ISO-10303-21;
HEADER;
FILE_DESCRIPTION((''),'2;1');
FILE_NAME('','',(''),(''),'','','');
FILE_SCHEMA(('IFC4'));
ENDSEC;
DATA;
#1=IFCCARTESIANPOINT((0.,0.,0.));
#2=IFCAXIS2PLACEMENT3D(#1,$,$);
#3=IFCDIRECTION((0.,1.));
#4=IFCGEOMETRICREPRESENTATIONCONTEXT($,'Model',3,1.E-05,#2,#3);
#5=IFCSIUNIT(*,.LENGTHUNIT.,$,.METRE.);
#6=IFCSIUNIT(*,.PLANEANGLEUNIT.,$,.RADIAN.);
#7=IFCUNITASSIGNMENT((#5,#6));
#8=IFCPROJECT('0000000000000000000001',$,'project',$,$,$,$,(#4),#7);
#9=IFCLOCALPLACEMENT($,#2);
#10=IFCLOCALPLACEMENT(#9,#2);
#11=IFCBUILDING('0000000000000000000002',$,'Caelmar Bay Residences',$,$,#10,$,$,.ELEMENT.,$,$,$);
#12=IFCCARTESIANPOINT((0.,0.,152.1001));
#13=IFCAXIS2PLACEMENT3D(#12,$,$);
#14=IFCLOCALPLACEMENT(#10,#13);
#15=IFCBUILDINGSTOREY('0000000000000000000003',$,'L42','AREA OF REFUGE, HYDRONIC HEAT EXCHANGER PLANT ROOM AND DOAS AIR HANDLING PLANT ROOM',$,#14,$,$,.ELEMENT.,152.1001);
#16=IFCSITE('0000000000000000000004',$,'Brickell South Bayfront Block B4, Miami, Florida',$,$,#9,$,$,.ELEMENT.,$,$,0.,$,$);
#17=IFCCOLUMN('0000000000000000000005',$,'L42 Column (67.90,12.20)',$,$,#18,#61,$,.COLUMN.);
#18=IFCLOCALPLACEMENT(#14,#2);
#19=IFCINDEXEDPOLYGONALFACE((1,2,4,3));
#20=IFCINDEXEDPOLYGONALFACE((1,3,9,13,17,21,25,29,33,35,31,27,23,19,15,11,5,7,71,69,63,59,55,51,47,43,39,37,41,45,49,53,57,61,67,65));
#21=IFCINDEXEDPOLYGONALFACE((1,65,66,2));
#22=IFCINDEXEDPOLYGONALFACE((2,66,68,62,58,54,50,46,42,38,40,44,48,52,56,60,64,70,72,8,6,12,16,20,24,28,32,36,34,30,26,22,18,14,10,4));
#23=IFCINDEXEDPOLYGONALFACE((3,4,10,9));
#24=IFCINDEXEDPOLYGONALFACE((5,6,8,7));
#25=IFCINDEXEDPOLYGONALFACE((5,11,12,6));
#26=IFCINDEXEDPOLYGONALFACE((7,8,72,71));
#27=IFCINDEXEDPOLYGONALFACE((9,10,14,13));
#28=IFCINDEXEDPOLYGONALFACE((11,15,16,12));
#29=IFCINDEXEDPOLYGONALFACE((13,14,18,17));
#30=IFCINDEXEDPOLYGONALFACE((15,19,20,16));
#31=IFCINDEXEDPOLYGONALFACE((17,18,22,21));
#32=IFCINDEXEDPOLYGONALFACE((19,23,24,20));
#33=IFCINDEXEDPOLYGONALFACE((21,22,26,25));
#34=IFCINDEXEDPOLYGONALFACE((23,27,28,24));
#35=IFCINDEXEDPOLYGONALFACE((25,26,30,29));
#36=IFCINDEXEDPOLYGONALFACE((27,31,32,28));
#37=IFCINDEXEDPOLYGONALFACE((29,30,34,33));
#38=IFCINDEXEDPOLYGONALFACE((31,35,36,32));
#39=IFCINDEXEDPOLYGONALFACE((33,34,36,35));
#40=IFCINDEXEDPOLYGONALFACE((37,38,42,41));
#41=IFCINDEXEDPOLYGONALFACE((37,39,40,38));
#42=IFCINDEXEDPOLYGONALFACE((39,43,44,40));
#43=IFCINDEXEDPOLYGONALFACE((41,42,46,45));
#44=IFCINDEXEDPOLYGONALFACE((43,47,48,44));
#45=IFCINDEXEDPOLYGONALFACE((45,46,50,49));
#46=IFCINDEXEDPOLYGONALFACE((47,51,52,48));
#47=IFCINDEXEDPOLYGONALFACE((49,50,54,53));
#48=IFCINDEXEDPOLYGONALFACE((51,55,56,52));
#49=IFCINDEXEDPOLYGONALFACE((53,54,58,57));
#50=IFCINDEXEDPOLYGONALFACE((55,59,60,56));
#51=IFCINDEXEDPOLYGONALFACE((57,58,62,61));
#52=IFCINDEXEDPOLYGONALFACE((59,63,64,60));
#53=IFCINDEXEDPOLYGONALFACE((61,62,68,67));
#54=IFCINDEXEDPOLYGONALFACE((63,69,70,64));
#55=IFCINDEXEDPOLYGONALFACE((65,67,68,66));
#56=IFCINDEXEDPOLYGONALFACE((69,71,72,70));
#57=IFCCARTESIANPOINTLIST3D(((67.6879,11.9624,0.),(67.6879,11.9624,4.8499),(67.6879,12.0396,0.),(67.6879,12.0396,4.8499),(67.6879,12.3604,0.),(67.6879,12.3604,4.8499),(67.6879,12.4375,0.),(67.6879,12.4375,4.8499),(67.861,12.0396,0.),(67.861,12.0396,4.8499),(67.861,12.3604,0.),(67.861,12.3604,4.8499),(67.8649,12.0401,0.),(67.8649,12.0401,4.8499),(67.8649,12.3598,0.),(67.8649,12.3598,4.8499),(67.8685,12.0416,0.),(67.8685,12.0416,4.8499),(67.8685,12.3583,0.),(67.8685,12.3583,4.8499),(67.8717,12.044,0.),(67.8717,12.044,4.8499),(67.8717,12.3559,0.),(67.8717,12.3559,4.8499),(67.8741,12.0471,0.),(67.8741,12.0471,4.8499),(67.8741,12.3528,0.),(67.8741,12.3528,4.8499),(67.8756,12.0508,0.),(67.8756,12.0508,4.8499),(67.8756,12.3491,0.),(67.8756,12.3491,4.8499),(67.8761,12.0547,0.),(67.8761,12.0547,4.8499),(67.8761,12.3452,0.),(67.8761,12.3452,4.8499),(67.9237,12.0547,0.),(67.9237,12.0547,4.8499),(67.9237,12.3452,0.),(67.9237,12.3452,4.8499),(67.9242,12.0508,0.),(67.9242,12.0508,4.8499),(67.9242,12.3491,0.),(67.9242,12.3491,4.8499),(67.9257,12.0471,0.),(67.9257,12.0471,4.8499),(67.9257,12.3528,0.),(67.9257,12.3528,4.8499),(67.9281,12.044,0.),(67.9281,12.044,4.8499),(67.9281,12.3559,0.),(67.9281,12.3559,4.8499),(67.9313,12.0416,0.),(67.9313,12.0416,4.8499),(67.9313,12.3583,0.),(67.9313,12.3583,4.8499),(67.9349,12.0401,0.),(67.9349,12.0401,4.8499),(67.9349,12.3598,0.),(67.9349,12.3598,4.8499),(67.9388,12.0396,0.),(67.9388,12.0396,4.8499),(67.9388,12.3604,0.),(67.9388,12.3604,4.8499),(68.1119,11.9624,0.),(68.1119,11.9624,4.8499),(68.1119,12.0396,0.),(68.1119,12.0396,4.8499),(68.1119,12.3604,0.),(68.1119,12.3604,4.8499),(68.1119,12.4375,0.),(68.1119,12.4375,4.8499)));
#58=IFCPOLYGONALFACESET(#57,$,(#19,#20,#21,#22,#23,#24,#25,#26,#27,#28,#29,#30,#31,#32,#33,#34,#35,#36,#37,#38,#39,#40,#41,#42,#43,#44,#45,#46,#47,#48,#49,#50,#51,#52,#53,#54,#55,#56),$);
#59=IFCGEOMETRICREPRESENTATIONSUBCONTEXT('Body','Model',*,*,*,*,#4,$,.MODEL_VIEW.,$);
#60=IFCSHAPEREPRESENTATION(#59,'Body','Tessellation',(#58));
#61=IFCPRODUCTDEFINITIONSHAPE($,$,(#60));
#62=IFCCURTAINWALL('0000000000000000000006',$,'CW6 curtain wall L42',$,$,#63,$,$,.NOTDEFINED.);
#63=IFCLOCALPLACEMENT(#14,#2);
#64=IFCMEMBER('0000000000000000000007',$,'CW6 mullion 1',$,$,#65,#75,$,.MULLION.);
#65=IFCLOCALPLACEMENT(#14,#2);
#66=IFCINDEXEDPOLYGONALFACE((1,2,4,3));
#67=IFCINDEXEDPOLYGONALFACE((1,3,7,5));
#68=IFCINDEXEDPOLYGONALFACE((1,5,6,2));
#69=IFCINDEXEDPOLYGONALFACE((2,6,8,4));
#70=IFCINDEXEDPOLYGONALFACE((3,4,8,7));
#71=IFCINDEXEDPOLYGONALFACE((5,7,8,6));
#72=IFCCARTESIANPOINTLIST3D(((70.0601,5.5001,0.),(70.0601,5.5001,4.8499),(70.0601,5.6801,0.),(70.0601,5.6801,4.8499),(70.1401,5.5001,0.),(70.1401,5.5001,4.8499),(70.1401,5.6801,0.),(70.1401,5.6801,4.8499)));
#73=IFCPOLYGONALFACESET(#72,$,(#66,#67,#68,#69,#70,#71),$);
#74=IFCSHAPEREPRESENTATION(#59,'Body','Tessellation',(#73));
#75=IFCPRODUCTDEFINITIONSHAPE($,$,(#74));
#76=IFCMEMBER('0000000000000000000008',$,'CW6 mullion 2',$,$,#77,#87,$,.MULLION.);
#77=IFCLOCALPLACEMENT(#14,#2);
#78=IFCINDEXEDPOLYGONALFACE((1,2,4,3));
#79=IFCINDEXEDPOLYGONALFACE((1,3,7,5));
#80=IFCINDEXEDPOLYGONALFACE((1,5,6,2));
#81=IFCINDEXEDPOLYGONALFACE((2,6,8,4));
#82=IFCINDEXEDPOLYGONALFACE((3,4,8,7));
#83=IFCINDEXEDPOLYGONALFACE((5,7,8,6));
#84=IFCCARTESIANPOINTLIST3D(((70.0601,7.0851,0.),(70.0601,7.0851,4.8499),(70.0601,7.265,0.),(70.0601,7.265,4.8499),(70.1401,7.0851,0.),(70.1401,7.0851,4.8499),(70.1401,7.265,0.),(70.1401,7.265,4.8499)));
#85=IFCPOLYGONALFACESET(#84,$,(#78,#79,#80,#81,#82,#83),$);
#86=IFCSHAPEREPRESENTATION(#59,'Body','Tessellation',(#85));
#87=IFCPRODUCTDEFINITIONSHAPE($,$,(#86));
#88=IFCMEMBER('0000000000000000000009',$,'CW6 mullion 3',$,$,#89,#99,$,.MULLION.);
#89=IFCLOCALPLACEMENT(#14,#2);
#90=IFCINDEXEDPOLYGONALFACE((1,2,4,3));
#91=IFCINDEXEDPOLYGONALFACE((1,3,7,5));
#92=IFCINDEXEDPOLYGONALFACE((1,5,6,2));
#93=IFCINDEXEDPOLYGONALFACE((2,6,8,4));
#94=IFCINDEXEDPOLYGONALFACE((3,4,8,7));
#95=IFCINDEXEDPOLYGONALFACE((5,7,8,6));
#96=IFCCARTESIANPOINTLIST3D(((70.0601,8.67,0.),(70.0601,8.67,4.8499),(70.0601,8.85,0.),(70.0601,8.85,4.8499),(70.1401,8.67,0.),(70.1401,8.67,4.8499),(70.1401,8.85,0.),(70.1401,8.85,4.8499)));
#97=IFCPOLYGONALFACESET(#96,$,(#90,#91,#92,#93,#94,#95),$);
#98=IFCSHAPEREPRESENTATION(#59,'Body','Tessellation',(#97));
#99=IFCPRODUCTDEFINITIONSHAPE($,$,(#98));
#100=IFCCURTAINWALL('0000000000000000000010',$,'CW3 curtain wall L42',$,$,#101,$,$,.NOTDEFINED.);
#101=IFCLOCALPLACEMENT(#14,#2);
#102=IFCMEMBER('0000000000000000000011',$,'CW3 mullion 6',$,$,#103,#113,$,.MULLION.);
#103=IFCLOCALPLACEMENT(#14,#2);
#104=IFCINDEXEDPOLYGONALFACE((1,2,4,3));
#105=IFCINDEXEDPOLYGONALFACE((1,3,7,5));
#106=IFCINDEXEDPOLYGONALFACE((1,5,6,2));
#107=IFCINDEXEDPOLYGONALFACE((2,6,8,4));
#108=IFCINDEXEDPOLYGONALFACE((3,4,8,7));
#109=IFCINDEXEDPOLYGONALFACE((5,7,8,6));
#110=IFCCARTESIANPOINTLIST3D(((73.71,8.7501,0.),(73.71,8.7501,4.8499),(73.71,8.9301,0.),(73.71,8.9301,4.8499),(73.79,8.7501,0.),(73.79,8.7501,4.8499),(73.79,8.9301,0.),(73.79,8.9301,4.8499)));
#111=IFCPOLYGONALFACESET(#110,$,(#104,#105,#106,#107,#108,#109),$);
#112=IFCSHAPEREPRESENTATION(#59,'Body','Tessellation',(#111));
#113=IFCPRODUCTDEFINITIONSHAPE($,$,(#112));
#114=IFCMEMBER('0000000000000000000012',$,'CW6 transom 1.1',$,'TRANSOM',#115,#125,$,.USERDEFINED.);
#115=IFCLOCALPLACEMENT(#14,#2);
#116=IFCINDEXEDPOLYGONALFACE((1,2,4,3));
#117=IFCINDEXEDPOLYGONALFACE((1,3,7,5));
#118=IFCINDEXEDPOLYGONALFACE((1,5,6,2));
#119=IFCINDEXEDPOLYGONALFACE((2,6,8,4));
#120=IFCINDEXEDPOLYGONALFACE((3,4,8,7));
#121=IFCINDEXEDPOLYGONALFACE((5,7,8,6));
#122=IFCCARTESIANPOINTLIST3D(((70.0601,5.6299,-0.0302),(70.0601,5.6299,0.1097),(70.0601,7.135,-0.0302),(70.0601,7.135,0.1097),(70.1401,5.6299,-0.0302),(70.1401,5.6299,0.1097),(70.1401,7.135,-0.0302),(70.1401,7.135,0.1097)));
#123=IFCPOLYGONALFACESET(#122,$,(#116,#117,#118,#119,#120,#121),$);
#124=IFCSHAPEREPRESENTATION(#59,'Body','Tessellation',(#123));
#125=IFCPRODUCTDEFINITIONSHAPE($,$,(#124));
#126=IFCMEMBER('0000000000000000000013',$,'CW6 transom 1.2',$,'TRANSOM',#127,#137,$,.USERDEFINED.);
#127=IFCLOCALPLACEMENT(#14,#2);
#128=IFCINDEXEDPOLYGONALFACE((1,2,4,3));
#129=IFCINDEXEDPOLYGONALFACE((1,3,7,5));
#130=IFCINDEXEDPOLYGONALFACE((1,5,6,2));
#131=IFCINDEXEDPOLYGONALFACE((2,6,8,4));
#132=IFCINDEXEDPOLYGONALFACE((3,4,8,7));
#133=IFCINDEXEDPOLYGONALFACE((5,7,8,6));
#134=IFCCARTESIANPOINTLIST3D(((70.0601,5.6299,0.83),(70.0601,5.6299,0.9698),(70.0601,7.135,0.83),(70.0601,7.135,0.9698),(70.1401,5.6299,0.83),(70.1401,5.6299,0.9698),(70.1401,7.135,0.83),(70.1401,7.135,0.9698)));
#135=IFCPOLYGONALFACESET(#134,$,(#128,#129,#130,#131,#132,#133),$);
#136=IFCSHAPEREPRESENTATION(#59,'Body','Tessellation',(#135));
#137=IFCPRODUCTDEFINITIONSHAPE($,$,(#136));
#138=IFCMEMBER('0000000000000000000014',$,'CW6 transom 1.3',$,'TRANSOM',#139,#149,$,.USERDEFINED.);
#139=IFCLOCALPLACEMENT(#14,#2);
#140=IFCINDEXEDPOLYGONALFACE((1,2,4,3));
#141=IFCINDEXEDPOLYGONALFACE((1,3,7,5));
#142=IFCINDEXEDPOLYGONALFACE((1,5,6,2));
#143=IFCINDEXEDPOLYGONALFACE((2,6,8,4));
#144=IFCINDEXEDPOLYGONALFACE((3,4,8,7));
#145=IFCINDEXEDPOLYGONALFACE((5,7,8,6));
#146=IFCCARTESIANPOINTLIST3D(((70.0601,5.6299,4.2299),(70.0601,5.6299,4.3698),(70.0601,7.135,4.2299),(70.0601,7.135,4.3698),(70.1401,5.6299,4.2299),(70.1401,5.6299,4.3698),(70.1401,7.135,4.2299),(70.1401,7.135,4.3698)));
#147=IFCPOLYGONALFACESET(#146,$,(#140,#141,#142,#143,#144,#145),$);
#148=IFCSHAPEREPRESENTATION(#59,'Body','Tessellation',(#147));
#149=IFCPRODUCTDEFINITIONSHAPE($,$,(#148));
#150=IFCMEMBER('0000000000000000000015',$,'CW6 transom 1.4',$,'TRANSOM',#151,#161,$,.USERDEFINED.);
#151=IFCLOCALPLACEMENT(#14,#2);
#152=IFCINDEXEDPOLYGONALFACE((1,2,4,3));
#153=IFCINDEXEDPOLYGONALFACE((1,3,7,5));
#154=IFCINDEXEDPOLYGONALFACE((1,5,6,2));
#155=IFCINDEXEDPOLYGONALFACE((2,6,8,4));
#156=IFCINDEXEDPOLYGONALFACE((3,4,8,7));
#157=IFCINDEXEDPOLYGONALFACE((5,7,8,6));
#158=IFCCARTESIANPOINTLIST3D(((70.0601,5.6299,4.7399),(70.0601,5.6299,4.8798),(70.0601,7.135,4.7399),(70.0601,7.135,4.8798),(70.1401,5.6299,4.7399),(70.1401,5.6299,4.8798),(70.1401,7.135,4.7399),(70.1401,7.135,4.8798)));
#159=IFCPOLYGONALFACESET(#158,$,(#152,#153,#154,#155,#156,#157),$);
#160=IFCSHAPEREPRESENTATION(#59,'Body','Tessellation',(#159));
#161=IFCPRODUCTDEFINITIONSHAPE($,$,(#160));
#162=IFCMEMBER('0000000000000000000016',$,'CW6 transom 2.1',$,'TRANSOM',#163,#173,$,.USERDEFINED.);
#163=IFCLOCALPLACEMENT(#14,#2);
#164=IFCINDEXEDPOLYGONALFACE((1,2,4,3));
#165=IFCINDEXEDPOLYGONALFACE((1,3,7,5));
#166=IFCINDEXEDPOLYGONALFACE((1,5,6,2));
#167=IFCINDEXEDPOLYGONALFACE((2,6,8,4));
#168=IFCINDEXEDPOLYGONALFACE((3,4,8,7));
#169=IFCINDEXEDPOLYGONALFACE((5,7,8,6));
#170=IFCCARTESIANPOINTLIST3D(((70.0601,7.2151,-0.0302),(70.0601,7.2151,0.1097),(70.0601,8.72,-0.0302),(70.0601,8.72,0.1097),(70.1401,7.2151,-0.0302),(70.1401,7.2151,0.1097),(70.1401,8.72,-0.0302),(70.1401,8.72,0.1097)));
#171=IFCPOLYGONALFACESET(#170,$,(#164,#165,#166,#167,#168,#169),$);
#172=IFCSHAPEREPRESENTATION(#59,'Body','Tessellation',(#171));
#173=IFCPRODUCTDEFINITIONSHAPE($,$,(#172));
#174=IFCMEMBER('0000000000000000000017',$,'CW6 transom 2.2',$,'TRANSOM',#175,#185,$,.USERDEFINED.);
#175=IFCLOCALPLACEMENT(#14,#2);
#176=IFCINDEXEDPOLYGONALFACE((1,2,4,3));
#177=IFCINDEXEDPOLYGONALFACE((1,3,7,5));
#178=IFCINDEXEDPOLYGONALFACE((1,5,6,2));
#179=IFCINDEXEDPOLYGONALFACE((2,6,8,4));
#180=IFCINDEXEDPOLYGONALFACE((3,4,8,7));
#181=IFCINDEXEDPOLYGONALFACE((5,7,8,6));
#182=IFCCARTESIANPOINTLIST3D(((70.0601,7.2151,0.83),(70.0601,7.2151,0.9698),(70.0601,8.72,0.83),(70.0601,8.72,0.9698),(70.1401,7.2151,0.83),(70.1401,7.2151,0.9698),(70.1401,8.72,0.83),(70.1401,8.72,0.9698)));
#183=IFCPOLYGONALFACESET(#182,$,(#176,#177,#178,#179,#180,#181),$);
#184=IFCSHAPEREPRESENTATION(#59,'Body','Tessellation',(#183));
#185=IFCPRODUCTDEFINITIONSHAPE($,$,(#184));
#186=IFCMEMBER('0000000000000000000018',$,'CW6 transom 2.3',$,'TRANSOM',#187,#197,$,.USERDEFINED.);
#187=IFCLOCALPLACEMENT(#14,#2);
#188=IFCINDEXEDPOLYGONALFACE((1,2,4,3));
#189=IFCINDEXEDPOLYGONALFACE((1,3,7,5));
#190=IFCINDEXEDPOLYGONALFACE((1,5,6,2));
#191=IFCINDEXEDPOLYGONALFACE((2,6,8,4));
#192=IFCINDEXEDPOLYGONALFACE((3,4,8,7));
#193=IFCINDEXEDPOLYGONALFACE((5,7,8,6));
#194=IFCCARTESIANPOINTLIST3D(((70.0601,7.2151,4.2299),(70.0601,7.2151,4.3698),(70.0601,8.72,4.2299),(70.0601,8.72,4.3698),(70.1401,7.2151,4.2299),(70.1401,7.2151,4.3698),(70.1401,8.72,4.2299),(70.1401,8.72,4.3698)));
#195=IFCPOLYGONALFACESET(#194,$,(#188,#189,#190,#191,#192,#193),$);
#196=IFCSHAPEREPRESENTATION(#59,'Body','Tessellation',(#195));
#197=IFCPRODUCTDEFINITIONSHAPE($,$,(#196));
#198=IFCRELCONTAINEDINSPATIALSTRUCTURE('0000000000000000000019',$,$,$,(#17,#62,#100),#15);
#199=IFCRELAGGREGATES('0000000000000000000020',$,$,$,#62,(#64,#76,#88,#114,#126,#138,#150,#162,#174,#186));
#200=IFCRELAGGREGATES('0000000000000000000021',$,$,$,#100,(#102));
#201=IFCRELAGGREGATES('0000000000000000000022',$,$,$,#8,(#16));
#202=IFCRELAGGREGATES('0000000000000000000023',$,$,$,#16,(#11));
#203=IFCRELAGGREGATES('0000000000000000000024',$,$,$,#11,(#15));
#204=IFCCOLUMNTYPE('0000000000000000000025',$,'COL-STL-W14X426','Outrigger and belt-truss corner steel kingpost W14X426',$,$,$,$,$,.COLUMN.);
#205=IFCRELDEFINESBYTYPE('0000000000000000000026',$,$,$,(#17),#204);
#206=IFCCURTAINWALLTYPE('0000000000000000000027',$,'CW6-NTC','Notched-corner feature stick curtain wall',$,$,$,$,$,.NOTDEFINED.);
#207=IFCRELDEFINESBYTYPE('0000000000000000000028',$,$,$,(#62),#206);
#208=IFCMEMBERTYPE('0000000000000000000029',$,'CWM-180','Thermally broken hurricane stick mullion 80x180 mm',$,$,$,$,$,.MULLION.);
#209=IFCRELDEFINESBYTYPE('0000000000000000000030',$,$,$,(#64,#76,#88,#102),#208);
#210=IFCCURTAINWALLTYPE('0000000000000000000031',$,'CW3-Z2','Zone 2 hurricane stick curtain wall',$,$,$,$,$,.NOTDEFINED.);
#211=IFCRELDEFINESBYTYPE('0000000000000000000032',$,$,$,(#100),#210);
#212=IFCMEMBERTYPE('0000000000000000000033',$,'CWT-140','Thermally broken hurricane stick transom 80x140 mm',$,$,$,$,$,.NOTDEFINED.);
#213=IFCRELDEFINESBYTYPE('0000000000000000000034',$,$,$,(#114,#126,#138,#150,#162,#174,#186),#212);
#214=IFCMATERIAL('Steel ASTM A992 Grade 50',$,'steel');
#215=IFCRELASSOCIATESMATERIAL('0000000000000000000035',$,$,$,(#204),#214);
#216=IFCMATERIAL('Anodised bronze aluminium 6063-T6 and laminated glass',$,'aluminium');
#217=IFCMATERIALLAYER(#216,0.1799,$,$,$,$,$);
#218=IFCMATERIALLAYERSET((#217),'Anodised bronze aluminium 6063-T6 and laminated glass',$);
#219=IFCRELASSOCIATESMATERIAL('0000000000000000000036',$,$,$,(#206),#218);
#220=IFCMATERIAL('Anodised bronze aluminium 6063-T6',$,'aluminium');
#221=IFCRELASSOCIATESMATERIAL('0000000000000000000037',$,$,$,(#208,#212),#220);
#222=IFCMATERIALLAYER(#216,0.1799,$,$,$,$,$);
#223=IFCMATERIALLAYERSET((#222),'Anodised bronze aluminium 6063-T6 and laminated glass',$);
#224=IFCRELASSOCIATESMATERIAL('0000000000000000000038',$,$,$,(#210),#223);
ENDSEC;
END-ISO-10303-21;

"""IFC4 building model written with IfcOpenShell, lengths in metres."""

from ifc_helpers import new_model, si_unit, direction, frame, origin, origin_2d, place, context, subcontext, project, spatial, rectangle, i_section, extrude, material, layer, layer_set, material_profile, profile_set, type_object, element, aggregate, save


model = new_model("IFC4")

# Units and contexts
model_context = context("Model", 3, precision=1e-05, world=origin(), true_north=direction((0.0, 1.0)))
body_context = subcontext(model_context, "Body", "Model", "MODEL_VIEW")
ifc_project = project(units=[si_unit("LENGTHUNIT", "METRE"), si_unit("PLANEANGLEUNIT", "RADIAN")], contexts=[model_context])

# Site, building, storey
site_placement = place(None, origin())
site = spatial("IfcSite", under=ifc_project, at=site_placement, Name="Brickell South Bayfront Block B4, Miami, Florida", CompositionType="ELEMENT", RefElevation=0.0)
building_placement = place(site_placement, origin())
building = spatial("IfcBuilding", under=site, at=building_placement, Name="Caelmar Bay Residences", CompositionType="ELEMENT")
storey_placement = place(building_placement, frame((0.0, 0.0, 152.1001)))
storey = spatial("IfcBuildingStorey", under=building, at=storey_placement, Name="L42", Description="AREA OF REFUGE, HYDRONIC HEAT EXCHANGER PLANT ROOM AND DOAS AIR HANDLING PLANT ROOM", CompositionType="ELEMENT", Elevation=152.1001)

# Column
ifc_material_1 = material(Name="Steel ASTM A992 Grade 50", Category="steel")
ifc_material_profile_1 = material_profile(ifc_material_1, i_section(OverallWidth=0.4241, OverallDepth=0.4751, WebThickness=0.0476, FlangeThickness=0.0771, FilletRadius=0.0151, at=origin_2d()), Name="W14X426")
ifc_profile_set_1 = profile_set([ifc_material_profile_1], Name="Steel ASTM A992 Grade 50")
column_type = type_object("IfcColumnType", Name="COL-STL-W14X426", Description="Outrigger and belt-truss corner steel kingpost W14X426", PredefinedType="COLUMN", material=ifc_profile_set_1)
column_placement = place(storey_placement, frame((67.8999, 12.2, 0.0), z_axis=(0.0, 0.0, 1.0), x_axis=(1.0, 0.0, 0.0)))
element("IfcColumn", 1, at=column_placement, inside=storey, type_object=column_type, Name="L42 Column (67.90,12.20)", PredefinedType="COLUMN", context=body_context, shape_type="SweptSolid", body=[
    extrude(i_section(OverallWidth=0.4241, OverallDepth=0.4751, WebThickness=0.0476, FlangeThickness=0.0771, FilletRadius=0.0151, at=origin_2d()), origin(), (0.0, 0.0, 1.0), 4.8499),
])

# Curtain wall, members
ifc_material_2 = material(Name="Anodised bronze aluminium 6063-T6 and laminated glass", Category="aluminium")
ifc_layer_1 = layer(ifc_material_2, 0.1799)
ifc_layer_set_1 = layer_set([ifc_layer_1], Name="Anodised bronze aluminium 6063-T6 and laminated glass")
curtain_wall_type_1 = type_object("IfcCurtainWallType", Name="CW6-NTC", Description="Notched-corner feature stick curtain wall", PredefinedType="NOTDEFINED", material=ifc_layer_set_1)
curtain_wall_1_placement = place(storey_placement, origin())
curtain_wall_1 = element("IfcCurtainWall", 2, at=curtain_wall_1_placement, inside=storey, type_object=curtain_wall_type_1, Name="CW6 curtain wall L42", PredefinedType="NOTDEFINED")
ifc_material_3 = material(Name="Anodised bronze aluminium 6063-T6", Category="aluminium")
ifc_material_profile_2 = material_profile(ifc_material_3, rectangle(XDim=0.0801, YDim=0.1799, at=origin_2d()), Name="CWM-80X180")
ifc_profile_set_2 = profile_set([ifc_material_profile_2], Name="Anodised bronze aluminium 6063-T6")
member_type_1 = type_object("IfcMemberType", Name="CWM-180", Description="Thermally broken hurricane stick mullion 80x180 mm", PredefinedType="MULLION", material=ifc_profile_set_2)
member_1_placement = place(storey_placement, frame((70.1001, 5.5901, 0.0), z_axis=(0.0, 0.0, 1.0), x_axis=(-1.0, 0.0, 0.0)))
member_1 = element("IfcMember", 3, at=member_1_placement, type_object=member_type_1, Name="CW6 mullion 1", PredefinedType="MULLION", context=body_context, shape_type="SweptSolid", body=[
    extrude(rectangle(XDim=0.0801, YDim=0.1799, at=origin_2d()), origin(), (0.0, 0.0, 1.0), 4.8499),
])
member_2_placement = place(storey_placement, frame((70.1001, 7.175, 0.0), z_axis=(0.0, 0.0, 1.0), x_axis=(-1.0, 0.0, 0.0)))
member_2 = element("IfcMember", 4, at=member_2_placement, type_object=member_type_1, Name="CW6 mullion 2", PredefinedType="MULLION", context=body_context, shape_type="SweptSolid", body=[
    extrude(rectangle(XDim=0.0801, YDim=0.1799, at=origin_2d()), origin(), (0.0, 0.0, 1.0), 4.8499),
])
member_3_placement = place(storey_placement, frame((70.1001, 8.76, 0.0), z_axis=(0.0, 0.0, 1.0), x_axis=(-1.0, 0.0, 0.0)))
member_3 = element("IfcMember", 5, at=member_3_placement, type_object=member_type_1, Name="CW6 mullion 3", PredefinedType="MULLION", context=body_context, shape_type="SweptSolid", body=[
    extrude(rectangle(XDim=0.0801, YDim=0.1799, at=origin_2d()), origin(), (0.0, 0.0, 1.0), 4.8499),
])

# Curtain wall, member
ifc_layer_2 = layer(ifc_material_2, 0.1799)
ifc_layer_set_2 = layer_set([ifc_layer_2], Name="Anodised bronze aluminium 6063-T6 and laminated glass")
curtain_wall_type_2 = type_object("IfcCurtainWallType", Name="CW3-Z2", Description="Zone 2 hurricane stick curtain wall", PredefinedType="NOTDEFINED", material=ifc_layer_set_2)
curtain_wall_2_placement = place(storey_placement, origin())
curtain_wall_2 = element("IfcCurtainWall", 6, at=curtain_wall_2_placement, inside=storey, type_object=curtain_wall_type_2, Name="CW3 curtain wall L42", PredefinedType="NOTDEFINED")
member_4_placement = place(storey_placement, frame((73.75, 8.8401, 0.0), z_axis=(0.0, 0.0, 1.0), x_axis=(1.0, 0.0, 0.0)))
member_4 = element("IfcMember", 7, at=member_4_placement, type_object=member_type_1, Name="CW3 mullion 6", PredefinedType="MULLION", context=body_context, shape_type="SweptSolid", body=[
    extrude(rectangle(XDim=0.0801, YDim=0.1799, at=origin_2d()), origin(), (0.0, 0.0, 1.0), 4.8499),
])

# Members
ifc_material_profile_3 = material_profile(ifc_material_3, rectangle(XDim=0.0801, YDim=0.1399, at=origin_2d()), Name="CWT-80X140")
ifc_profile_set_3 = profile_set([ifc_material_profile_3], Name="Anodised bronze aluminium 6063-T6")
member_type_2 = type_object("IfcMemberType", Name="CWT-140", Description="Thermally broken hurricane stick transom 80x140 mm", PredefinedType="NOTDEFINED", material=ifc_profile_set_3)
member_5_placement = place(storey_placement, frame((70.1001, 5.6299, 0.0398), z_axis=(0.0, 1.0, 0.0), x_axis=(-1.0, 0.0, 0.0)))
member_5 = element("IfcMember", 8, at=member_5_placement, type_object=member_type_2, Name="CW6 transom 1.1", ObjectType="TRANSOM", PredefinedType="USERDEFINED", context=body_context, shape_type="SweptSolid", body=[
    extrude(rectangle(XDim=0.0801, YDim=0.1399, at=origin_2d()), origin(), (0.0, 0.0, 1.0), 1.5051),
])
member_6_placement = place(storey_placement, frame((70.1001, 5.6299, 0.8999), z_axis=(0.0, 1.0, 0.0), x_axis=(-1.0, 0.0, 0.0)))
member_6 = element("IfcMember", 9, at=member_6_placement, type_object=member_type_2, Name="CW6 transom 1.2", ObjectType="TRANSOM", PredefinedType="USERDEFINED", context=body_context, shape_type="SweptSolid", body=[
    extrude(rectangle(XDim=0.0801, YDim=0.1399, at=origin_2d()), origin(), (0.0, 0.0, 1.0), 1.5051),
])
member_7_placement = place(storey_placement, frame((70.1001, 5.6299, 4.2998), z_axis=(0.0, 1.0, 0.0), x_axis=(-1.0, 0.0, 0.0)))
member_7 = element("IfcMember", 10, at=member_7_placement, type_object=member_type_2, Name="CW6 transom 1.3", ObjectType="TRANSOM", PredefinedType="USERDEFINED", context=body_context, shape_type="SweptSolid", body=[
    extrude(rectangle(XDim=0.0801, YDim=0.1399, at=origin_2d()), origin(), (0.0, 0.0, 1.0), 1.5051),
])
member_8_placement = place(storey_placement, frame((70.1001, 5.6299, 4.8098), z_axis=(0.0, 1.0, 0.0), x_axis=(-1.0, 0.0, 0.0)))
member_8 = element("IfcMember", 11, at=member_8_placement, type_object=member_type_2, Name="CW6 transom 1.4", ObjectType="TRANSOM", PredefinedType="USERDEFINED", context=body_context, shape_type="SweptSolid", body=[
    extrude(rectangle(XDim=0.0801, YDim=0.1399, at=origin_2d()), origin(), (0.0, 0.0, 1.0), 1.5051),
])
member_9_placement = place(storey_placement, frame((70.1001, 7.2151, 0.0398), z_axis=(0.0, 1.0, 0.0), x_axis=(-1.0, 0.0, 0.0)))
member_9 = element("IfcMember", 12, at=member_9_placement, type_object=member_type_2, Name="CW6 transom 2.1", ObjectType="TRANSOM", PredefinedType="USERDEFINED", context=body_context, shape_type="SweptSolid", body=[
    extrude(rectangle(XDim=0.0801, YDim=0.1399, at=origin_2d()), origin(), (0.0, 0.0, 1.0), 1.5049),
])
member_10_placement = place(storey_placement, frame((70.1001, 7.2151, 0.8999), z_axis=(0.0, 1.0, 0.0), x_axis=(-1.0, 0.0, 0.0)))
member_10 = element("IfcMember", 13, at=member_10_placement, type_object=member_type_2, Name="CW6 transom 2.2", ObjectType="TRANSOM", PredefinedType="USERDEFINED", context=body_context, shape_type="SweptSolid", body=[
    extrude(rectangle(XDim=0.0801, YDim=0.1399, at=origin_2d()), origin(), (0.0, 0.0, 1.0), 1.5049),
])
member_11_placement = place(storey_placement, frame((70.1001, 7.2151, 4.2998), z_axis=(0.0, 1.0, 0.0), x_axis=(-1.0, 0.0, 0.0)))
member_11 = element("IfcMember", 14, at=member_11_placement, type_object=member_type_2, Name="CW6 transom 2.3", ObjectType="TRANSOM", PredefinedType="USERDEFINED", context=body_context, shape_type="SweptSolid", body=[
    extrude(rectangle(XDim=0.0801, YDim=0.1399, at=origin_2d()), origin(), (0.0, 0.0, 1.0), 1.5049),
])

aggregate(curtain_wall_1, [member_1, member_2, member_3, member_5, member_6, member_7, member_8, member_9, member_10, member_11])
aggregate(curtain_wall_2, [member_4])

save(model, "model.ifc")
